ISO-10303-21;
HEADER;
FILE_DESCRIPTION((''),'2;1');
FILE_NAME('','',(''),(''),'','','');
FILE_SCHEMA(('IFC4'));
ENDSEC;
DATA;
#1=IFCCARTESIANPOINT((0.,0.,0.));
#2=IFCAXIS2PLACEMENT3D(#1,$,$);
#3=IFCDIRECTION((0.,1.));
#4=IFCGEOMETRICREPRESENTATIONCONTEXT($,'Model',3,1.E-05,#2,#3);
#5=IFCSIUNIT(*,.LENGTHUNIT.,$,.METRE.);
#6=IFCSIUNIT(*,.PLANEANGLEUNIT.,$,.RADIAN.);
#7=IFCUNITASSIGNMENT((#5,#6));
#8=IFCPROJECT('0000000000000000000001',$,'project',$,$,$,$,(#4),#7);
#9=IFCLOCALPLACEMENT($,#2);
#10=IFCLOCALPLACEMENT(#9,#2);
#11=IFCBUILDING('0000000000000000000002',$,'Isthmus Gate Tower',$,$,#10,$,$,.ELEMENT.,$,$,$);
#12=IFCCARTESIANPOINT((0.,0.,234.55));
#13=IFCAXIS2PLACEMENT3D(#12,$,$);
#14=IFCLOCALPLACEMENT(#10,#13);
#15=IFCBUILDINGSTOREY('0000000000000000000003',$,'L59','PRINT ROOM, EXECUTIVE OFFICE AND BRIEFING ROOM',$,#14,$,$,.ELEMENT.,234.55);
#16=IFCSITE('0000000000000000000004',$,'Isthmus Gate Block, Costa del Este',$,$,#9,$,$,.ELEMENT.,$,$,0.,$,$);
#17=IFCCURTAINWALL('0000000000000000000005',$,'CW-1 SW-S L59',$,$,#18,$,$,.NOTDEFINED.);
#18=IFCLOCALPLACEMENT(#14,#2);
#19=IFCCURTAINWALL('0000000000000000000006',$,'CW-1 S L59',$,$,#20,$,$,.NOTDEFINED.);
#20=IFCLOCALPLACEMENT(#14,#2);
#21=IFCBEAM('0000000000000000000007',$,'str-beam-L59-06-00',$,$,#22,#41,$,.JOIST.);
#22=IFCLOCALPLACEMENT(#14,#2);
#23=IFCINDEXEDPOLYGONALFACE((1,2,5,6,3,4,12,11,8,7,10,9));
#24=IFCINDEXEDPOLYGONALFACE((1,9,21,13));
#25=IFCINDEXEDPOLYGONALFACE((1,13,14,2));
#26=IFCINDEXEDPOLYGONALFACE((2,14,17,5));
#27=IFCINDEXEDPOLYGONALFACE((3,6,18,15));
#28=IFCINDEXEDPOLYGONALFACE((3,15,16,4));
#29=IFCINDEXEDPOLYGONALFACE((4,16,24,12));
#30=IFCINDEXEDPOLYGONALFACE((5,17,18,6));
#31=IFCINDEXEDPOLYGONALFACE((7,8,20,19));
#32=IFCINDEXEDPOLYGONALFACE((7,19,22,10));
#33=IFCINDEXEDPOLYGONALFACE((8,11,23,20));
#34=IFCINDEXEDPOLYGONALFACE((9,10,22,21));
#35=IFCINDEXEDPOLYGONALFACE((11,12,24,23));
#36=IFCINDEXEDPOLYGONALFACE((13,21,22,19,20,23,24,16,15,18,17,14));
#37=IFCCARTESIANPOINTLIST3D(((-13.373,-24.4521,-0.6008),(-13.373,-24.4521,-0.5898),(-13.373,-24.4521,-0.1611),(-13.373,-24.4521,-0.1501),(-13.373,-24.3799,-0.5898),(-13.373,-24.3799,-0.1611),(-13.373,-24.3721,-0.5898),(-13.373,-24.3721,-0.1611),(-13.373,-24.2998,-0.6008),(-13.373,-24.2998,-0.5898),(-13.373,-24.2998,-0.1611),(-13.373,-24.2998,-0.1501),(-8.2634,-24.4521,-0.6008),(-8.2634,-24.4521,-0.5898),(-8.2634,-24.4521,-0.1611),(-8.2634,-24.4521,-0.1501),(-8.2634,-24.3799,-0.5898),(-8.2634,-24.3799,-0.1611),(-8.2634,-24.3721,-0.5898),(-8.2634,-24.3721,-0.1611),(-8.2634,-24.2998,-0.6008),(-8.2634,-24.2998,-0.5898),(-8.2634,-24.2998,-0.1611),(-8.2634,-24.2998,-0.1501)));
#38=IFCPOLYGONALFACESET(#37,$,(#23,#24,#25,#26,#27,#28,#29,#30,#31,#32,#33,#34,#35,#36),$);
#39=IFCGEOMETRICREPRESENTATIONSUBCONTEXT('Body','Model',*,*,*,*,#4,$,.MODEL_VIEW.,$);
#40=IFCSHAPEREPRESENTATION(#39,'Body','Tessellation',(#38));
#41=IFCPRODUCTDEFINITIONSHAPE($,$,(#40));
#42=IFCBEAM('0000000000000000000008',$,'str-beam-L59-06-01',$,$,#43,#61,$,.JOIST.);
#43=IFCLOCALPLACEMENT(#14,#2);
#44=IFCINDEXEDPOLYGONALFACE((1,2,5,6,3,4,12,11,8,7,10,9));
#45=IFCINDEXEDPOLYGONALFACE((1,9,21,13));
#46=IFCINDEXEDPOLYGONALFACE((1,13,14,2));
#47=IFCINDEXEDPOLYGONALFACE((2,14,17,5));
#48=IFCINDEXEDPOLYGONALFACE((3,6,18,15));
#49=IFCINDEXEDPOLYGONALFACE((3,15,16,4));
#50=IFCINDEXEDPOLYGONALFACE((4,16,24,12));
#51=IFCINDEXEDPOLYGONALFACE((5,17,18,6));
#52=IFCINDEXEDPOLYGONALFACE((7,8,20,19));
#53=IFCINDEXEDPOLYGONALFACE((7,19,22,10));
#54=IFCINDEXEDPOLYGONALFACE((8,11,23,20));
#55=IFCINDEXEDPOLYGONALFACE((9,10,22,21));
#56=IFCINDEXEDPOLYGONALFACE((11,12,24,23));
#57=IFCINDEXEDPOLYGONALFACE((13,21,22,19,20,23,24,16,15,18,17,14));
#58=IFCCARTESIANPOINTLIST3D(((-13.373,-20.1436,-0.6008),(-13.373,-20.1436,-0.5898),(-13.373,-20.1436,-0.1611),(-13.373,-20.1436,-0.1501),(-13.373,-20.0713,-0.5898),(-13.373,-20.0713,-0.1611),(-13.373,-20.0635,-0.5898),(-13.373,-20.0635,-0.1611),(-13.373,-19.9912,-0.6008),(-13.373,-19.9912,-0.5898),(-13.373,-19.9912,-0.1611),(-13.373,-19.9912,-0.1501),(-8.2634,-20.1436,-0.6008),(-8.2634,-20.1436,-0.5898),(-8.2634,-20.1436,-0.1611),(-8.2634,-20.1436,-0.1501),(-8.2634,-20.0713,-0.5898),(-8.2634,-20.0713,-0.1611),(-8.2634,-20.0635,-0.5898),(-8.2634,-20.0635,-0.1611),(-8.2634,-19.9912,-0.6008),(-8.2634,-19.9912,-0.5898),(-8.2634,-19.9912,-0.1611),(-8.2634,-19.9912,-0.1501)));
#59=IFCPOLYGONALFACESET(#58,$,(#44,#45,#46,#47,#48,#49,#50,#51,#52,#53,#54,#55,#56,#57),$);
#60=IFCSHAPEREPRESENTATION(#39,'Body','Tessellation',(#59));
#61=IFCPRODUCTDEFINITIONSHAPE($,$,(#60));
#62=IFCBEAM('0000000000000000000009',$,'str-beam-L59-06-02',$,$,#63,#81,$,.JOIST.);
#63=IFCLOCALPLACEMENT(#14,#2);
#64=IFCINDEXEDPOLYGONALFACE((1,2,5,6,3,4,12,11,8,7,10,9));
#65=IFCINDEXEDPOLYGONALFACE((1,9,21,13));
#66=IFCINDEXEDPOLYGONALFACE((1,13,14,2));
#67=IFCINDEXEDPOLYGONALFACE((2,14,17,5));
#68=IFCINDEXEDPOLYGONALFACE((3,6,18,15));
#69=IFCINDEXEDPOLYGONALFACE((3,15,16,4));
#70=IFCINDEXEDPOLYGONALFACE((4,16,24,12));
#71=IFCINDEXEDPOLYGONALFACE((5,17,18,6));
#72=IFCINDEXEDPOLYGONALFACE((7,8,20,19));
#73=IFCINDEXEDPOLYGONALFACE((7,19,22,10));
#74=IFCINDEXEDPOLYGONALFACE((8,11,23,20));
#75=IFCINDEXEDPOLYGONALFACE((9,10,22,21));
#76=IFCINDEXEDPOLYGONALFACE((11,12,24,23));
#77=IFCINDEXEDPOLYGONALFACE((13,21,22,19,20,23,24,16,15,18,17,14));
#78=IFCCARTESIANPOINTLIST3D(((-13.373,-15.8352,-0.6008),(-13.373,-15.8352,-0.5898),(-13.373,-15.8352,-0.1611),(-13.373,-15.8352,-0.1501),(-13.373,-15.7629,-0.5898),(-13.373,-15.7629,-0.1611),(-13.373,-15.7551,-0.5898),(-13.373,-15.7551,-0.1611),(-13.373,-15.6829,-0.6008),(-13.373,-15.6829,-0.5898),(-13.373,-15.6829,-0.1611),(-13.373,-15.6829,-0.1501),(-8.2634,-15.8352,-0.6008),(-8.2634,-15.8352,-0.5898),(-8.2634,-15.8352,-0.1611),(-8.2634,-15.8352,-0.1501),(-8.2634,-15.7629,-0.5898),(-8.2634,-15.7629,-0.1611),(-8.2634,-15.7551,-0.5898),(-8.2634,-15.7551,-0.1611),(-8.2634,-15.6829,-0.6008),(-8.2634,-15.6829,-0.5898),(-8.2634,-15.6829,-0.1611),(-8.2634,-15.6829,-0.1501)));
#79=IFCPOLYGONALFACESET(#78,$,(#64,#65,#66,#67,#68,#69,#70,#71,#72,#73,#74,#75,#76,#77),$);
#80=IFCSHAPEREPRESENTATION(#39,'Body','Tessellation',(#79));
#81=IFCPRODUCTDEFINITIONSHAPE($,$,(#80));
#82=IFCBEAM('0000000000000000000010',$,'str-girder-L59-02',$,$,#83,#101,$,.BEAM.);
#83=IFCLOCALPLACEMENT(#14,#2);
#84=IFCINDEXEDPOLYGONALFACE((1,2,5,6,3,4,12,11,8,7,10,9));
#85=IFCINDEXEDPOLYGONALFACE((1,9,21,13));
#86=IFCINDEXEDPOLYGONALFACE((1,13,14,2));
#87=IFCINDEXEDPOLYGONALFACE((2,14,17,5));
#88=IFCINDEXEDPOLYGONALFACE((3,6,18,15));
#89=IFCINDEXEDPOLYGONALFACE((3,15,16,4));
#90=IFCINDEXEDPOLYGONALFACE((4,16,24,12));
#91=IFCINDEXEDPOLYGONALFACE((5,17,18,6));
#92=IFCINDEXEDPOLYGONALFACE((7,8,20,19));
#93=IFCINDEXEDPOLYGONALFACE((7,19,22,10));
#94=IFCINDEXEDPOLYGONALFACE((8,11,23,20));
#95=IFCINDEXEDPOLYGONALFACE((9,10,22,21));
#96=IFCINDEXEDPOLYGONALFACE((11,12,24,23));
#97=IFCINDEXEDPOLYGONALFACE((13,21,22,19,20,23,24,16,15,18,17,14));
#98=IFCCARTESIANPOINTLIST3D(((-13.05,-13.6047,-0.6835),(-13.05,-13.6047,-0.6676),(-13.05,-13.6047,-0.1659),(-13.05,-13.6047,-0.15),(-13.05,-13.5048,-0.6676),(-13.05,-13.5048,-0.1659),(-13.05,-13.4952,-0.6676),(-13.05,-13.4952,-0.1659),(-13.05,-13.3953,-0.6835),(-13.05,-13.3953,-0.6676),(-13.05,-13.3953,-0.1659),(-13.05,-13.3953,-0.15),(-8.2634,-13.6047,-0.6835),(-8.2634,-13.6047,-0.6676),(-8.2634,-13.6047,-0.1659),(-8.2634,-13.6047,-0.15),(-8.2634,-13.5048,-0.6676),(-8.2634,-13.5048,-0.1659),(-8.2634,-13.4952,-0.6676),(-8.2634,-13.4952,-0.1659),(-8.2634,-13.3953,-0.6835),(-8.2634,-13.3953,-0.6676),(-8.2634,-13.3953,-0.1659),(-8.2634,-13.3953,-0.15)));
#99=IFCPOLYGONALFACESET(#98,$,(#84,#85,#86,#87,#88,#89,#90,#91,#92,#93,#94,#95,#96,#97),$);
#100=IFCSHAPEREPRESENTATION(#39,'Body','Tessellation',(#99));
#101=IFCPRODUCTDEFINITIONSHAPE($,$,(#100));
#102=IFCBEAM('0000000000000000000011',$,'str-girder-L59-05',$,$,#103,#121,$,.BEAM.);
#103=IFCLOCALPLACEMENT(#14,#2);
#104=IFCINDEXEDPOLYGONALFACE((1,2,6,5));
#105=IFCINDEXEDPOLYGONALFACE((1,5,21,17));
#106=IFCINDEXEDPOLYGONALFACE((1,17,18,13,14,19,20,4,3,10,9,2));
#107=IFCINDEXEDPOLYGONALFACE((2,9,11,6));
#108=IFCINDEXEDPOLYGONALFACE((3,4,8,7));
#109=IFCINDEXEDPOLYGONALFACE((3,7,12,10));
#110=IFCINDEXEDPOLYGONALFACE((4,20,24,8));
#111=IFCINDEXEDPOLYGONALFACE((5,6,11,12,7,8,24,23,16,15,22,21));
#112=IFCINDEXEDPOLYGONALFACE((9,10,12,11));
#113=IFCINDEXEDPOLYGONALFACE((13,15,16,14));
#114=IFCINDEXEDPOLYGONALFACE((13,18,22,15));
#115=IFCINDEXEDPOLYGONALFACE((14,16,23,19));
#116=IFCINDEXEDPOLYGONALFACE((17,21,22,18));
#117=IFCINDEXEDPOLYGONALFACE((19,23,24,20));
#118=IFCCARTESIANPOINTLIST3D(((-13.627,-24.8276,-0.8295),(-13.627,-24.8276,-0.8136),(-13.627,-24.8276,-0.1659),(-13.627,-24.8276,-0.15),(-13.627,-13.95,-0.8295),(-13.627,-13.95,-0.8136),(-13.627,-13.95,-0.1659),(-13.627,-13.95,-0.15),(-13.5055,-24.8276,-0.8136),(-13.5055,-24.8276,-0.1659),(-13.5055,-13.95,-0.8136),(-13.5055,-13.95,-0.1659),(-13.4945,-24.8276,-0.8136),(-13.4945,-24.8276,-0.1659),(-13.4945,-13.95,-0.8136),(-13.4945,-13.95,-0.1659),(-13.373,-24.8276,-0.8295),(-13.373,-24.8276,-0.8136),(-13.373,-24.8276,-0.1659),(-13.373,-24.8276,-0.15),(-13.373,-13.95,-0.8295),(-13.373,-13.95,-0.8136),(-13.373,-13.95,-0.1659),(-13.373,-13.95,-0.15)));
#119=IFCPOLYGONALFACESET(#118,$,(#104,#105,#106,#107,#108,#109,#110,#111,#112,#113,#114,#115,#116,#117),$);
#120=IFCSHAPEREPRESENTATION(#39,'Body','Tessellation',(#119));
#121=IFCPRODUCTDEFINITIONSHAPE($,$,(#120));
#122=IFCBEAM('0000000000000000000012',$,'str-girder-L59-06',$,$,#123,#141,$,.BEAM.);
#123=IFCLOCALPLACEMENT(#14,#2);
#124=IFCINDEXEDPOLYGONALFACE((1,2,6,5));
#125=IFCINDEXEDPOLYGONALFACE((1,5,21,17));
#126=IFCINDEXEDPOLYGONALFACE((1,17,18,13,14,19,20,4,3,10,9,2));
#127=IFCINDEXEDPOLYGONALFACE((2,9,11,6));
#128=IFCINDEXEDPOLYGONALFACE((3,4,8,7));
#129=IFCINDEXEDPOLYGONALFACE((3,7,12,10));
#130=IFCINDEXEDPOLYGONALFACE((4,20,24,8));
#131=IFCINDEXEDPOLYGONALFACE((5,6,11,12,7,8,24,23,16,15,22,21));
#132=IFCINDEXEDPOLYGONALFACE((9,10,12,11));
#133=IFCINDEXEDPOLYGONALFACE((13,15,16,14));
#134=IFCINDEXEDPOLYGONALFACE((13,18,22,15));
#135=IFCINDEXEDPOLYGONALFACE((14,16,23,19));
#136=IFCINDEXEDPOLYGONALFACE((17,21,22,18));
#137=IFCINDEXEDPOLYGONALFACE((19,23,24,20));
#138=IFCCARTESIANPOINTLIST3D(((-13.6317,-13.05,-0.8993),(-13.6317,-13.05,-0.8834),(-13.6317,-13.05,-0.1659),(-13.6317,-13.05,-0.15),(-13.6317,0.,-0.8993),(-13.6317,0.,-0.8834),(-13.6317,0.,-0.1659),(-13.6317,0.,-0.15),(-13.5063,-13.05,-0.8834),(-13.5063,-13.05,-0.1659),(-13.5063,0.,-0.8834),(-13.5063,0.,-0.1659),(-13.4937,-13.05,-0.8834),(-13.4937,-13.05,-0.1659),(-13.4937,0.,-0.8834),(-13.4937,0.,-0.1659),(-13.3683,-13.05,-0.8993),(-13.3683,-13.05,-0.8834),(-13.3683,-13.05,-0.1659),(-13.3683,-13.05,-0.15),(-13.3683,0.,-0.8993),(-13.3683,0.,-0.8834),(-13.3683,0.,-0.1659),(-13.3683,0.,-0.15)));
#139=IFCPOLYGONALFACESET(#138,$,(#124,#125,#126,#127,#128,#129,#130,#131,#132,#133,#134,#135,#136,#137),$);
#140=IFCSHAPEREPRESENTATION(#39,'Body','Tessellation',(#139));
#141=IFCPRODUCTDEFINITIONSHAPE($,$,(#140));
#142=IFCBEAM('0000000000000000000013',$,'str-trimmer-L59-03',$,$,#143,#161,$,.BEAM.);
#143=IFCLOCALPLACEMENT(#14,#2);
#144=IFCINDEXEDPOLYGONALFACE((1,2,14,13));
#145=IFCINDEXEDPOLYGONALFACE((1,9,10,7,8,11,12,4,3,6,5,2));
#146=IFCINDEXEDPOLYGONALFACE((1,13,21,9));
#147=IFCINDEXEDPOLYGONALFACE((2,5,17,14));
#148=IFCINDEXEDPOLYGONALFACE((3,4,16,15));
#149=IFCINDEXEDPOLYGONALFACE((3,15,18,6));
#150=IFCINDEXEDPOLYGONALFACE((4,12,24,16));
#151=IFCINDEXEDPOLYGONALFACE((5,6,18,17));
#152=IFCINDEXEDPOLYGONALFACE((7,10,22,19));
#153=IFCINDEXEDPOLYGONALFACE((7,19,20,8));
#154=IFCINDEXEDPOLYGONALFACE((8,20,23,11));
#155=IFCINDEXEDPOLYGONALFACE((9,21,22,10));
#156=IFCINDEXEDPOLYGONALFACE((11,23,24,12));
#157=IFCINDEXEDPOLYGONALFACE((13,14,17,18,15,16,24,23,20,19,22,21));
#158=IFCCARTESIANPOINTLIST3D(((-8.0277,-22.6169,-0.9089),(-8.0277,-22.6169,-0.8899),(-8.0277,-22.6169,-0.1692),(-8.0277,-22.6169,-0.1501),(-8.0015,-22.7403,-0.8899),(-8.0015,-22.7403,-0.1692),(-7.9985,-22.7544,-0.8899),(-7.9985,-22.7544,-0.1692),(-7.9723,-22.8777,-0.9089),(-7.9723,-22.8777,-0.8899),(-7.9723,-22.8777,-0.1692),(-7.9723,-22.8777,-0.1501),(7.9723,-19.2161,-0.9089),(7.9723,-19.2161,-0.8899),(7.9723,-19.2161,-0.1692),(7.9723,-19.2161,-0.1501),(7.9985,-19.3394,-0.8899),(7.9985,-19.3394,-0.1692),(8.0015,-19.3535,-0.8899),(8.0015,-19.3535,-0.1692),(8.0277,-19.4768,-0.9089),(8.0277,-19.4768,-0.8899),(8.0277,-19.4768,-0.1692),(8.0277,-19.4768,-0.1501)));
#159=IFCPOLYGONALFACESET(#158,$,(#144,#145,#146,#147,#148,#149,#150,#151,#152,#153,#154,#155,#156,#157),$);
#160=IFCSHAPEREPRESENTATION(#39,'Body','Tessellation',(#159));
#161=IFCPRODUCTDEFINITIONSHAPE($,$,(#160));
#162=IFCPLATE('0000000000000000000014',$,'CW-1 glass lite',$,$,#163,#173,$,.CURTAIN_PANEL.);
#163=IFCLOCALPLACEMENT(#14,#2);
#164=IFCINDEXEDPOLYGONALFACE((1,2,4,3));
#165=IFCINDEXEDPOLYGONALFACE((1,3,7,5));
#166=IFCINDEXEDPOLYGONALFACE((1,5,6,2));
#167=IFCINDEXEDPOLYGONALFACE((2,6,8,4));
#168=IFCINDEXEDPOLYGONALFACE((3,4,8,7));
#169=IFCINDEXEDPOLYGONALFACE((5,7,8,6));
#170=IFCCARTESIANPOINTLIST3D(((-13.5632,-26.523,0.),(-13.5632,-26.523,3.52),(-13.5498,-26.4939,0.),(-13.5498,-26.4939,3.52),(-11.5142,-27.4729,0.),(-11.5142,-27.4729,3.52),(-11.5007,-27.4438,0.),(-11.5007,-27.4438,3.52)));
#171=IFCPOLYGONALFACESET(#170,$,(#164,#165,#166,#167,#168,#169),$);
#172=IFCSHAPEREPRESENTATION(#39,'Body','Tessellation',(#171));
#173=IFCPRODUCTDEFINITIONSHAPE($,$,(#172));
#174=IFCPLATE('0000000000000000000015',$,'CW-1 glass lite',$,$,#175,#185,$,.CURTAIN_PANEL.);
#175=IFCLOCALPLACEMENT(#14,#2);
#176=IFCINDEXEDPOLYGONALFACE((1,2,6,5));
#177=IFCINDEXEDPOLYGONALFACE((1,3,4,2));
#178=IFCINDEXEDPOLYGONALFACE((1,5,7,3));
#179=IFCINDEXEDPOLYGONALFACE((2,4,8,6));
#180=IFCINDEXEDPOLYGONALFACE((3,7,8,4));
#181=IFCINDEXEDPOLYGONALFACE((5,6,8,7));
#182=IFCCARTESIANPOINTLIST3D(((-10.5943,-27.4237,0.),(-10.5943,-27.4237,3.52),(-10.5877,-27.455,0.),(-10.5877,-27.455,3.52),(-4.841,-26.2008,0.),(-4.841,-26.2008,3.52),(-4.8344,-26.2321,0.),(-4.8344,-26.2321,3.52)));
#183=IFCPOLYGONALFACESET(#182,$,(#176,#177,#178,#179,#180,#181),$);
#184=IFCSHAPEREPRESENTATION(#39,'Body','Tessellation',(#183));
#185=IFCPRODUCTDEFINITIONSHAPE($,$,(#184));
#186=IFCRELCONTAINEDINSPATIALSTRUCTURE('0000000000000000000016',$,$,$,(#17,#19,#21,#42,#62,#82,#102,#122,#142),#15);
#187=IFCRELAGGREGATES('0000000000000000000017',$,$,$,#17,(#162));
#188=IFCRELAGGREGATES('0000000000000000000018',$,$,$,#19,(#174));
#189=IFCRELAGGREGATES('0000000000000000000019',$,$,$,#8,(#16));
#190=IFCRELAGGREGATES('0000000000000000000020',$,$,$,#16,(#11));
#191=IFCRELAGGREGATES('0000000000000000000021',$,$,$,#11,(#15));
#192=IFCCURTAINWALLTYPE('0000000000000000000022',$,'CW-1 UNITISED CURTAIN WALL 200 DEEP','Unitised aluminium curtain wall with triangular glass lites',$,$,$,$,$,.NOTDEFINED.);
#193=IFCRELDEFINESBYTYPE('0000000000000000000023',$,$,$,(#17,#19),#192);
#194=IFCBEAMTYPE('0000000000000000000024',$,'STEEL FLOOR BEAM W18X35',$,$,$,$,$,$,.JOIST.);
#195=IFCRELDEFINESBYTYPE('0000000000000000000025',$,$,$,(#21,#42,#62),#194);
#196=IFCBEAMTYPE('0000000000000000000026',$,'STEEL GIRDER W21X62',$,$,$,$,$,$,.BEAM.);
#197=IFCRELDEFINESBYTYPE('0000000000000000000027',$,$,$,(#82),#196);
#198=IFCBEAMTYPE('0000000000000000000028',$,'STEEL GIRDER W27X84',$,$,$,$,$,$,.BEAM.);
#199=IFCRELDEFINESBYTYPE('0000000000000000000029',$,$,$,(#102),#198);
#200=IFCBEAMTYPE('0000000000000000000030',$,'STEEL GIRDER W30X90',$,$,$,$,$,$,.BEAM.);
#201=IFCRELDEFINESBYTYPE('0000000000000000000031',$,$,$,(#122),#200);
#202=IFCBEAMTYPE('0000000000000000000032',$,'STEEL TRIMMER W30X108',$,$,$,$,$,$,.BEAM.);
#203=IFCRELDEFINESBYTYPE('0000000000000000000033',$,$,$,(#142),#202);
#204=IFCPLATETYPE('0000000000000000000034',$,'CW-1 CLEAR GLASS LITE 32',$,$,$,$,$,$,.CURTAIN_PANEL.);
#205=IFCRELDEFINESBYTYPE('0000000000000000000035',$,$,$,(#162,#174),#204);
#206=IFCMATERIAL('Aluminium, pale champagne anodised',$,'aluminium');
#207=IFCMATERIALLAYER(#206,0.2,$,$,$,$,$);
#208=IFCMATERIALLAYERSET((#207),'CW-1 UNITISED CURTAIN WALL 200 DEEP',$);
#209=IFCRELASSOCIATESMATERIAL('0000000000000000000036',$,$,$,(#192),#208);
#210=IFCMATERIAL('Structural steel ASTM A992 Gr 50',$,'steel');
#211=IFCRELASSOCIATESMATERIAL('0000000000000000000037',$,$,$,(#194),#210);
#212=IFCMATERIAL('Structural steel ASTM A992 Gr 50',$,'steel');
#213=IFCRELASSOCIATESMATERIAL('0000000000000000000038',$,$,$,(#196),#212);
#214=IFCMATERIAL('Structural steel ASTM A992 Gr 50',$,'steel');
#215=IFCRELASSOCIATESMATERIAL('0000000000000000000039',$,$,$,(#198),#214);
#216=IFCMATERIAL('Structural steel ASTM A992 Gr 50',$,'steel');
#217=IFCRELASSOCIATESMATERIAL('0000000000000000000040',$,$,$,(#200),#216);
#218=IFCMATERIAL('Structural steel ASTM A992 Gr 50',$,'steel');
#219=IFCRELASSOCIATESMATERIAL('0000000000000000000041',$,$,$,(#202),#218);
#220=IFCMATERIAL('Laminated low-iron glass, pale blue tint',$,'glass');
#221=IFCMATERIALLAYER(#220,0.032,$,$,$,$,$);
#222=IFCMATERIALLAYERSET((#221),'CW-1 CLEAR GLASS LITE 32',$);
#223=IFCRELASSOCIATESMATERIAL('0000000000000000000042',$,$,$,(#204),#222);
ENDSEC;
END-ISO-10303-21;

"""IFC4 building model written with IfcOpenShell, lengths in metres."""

from ifc_helpers import new_model, si_unit, direction, frame, origin, origin_2d, place, context, subcontext, project, spatial, rectangle, i_section, extrude, material, layer, layer_set, material_profile, profile_set, type_object, element, aggregate, save


model = new_model("IFC4")

# Units and contexts
model_context = context("Model", 3, precision=1e-05, world=origin(), true_north=direction((0.0, 1.0)))
body_context = subcontext(model_context, "Body", "Model", "MODEL_VIEW")
ifc_project = project(units=[si_unit("LENGTHUNIT", "METRE"), si_unit("PLANEANGLEUNIT", "RADIAN")], contexts=[model_context])

# Site, building, storey
site_placement = place(None, origin())
site = spatial("IfcSite", under=ifc_project, at=site_placement, Name="Isthmus Gate Block, Costa del Este", CompositionType="ELEMENT", RefElevation=0.0)
building_placement = place(site_placement, origin())
building = spatial("IfcBuilding", under=site, at=building_placement, Name="Isthmus Gate Tower", CompositionType="ELEMENT")
storey_placement = place(building_placement, frame((0.0, 0.0, 234.55)))
storey = spatial("IfcBuildingStorey", under=building, at=storey_placement, Name="L59", Description="PRINT ROOM, EXECUTIVE OFFICE AND BRIEFING ROOM", CompositionType="ELEMENT", Elevation=234.55)

# Curtain walls
ifc_material_1 = material(Name="Aluminium, pale champagne anodised", Category="aluminium")
ifc_layer_1 = layer(ifc_material_1, 0.2)
ifc_layer_set_1 = layer_set([ifc_layer_1], Name="CW-1 UNITISED CURTAIN WALL 200 DEEP")
curtain_wall_type = type_object("IfcCurtainWallType", Name="CW-1 UNITISED CURTAIN WALL 200 DEEP", Description="Unitised aluminium curtain wall with triangular glass lites", PredefinedType="NOTDEFINED", material=ifc_layer_set_1)
curtain_wall_1_placement = place(storey_placement, origin())
curtain_wall_1 = element("IfcCurtainWall", 1, at=curtain_wall_1_placement, inside=storey, type_object=curtain_wall_type, Name="CW-1 SW-S L59", PredefinedType="NOTDEFINED")
curtain_wall_2_placement = place(storey_placement, origin())
curtain_wall_2 = element("IfcCurtainWall", 2, at=curtain_wall_2_placement, inside=storey, type_object=curtain_wall_type, Name="CW-1 S L59", PredefinedType="NOTDEFINED")

# Beams
ifc_material_2 = material(Name="Structural steel ASTM A992 Gr 50", Category="steel")
ifc_material_profile_1 = material_profile(ifc_material_2, i_section(OverallWidth=0.1523, OverallDepth=0.4507, WebThickness=0.0078, FlangeThickness=0.011, at=origin_2d()), Name="W18X35")
ifc_profile_set_1 = profile_set([ifc_material_profile_1], Name="Structural steel ASTM A992 Gr 50")
beam_type_1 = type_object("IfcBeamType", Name="STEEL FLOOR BEAM W18X35", PredefinedType="JOIST", material=ifc_profile_set_1)
for number, where, z_axis, x_axis, name in (
    (3, (-13.373, -24.376, -0.3755), (1.0, 0.0, 0.0), (0.0, 1.0, 0.0), "str-beam-L59-06-00"),
    (4, (-13.373, -20.0674, -0.3755), (1.0, 0.0, 0.0), (0.0, 1.0, 0.0), "str-beam-L59-06-01"),
    (5, (-13.373, -15.759, -0.3755), (1.0, 0.0, 0.0), (0.0, 1.0, 0.0), "str-beam-L59-06-02"),
):
    element("IfcBeam", number, at=place(storey_placement, frame(where, z_axis=z_axis, x_axis=x_axis)), inside=storey, type_object=beam_type_1, Name=name, PredefinedType="JOIST", context=body_context, shape_type="SweptSolid", body=[
        extrude(i_section(OverallWidth=0.1523, OverallDepth=0.4507, WebThickness=0.0078, FlangeThickness=0.011, at=origin_2d()), origin(), (0.0, 0.0, 1.0), 5.1096),
    ])
ifc_material_3 = material(Name="Structural steel ASTM A992 Gr 50", Category="steel")
ifc_material_profile_2 = material_profile(ifc_material_3, i_section(OverallWidth=0.2095, OverallDepth=0.5334, WebThickness=0.0095, FlangeThickness=0.0159, at=origin_2d()), Name="W21X62")
ifc_profile_set_2 = profile_set([ifc_material_profile_2], Name="Structural steel ASTM A992 Gr 50")
beam_type_2 = type_object("IfcBeamType", Name="STEEL GIRDER W21X62", PredefinedType="BEAM", material=ifc_profile_set_2)
beam_1_placement = place(storey_placement, frame((-13.05, -13.5, -0.4167), z_axis=(1.0, 0.0, 0.0), x_axis=(0.0, 1.0, 0.0)))
element("IfcBeam", 6, at=beam_1_placement, inside=storey, type_object=beam_type_2, Name="str-girder-L59-02", PredefinedType="BEAM", context=body_context, shape_type="SweptSolid", body=[
    extrude(i_section(OverallWidth=0.2095, OverallDepth=0.5334, WebThickness=0.0095, FlangeThickness=0.0159, at=origin_2d()), origin(), (0.0, 0.0, 1.0), 4.7866),
])
ifc_material_4 = material(Name="Structural steel ASTM A992 Gr 50", Category="steel")
ifc_material_profile_3 = material_profile(ifc_material_4, i_section(OverallWidth=0.2539, OverallDepth=0.6794, WebThickness=0.011, FlangeThickness=0.0159, at=origin_2d()), Name="W27X84")
ifc_profile_set_3 = profile_set([ifc_material_profile_3], Name="Structural steel ASTM A992 Gr 50")
beam_type_3 = type_object("IfcBeamType", Name="STEEL GIRDER W27X84", PredefinedType="BEAM", material=ifc_profile_set_3)
beam_2_placement = place(storey_placement, frame((-13.5, -24.8276, -0.4897), z_axis=(0.0, 1.0, 0.0), x_axis=(-1.0, 0.0, 0.0)))
element("IfcBeam", 7, at=beam_2_placement, inside=storey, type_object=beam_type_3, Name="str-girder-L59-05", PredefinedType="BEAM", context=body_context, shape_type="SweptSolid", body=[
    extrude(i_section(OverallWidth=0.2539, OverallDepth=0.6794, WebThickness=0.011, FlangeThickness=0.0159, at=origin_2d()), origin(), (0.0, 0.0, 1.0), 10.8777),
])
ifc_material_5 = material(Name="Structural steel ASTM A992 Gr 50", Category="steel")
ifc_material_profile_4 = material_profile(ifc_material_5, i_section(OverallWidth=0.2634, OverallDepth=0.7493, WebThickness=0.0127, FlangeThickness=0.0159, at=origin_2d()), Name="W30X90")
ifc_profile_set_4 = profile_set([ifc_material_profile_4], Name="Structural steel ASTM A992 Gr 50")
beam_type_4 = type_object("IfcBeamType", Name="STEEL GIRDER W30X90", PredefinedType="BEAM", material=ifc_profile_set_4)
beam_3_placement = place(storey_placement, frame((-13.5, -13.05, -0.5247), z_axis=(0.0, 1.0, 0.0), x_axis=(-1.0, 0.0, 0.0)))
element("IfcBeam", 8, at=beam_3_placement, inside=storey, type_object=beam_type_4, Name="str-girder-L59-06", PredefinedType="BEAM", context=body_context, shape_type="SweptSolid", body=[
    extrude(i_section(OverallWidth=0.2634, OverallDepth=0.7493, WebThickness=0.0127, FlangeThickness=0.0159, at=origin_2d()), origin(), (0.0, 0.0, 1.0), 13.05),
])
ifc_material_6 = material(Name="Structural steel ASTM A992 Gr 50", Category="steel")
ifc_material_profile_5 = material_profile(ifc_material_6, i_section(OverallWidth=0.2666, OverallDepth=0.7588, WebThickness=0.0144, FlangeThickness=0.019, at=origin_2d()), Name="W30X108")
ifc_profile_set_5 = profile_set([ifc_material_profile_5], Name="Structural steel ASTM A992 Gr 50")
beam_type_5 = type_object("IfcBeamType", Name="STEEL TRIMMER W30X108", PredefinedType="BEAM", material=ifc_profile_set_5)
beam_4_placement = place(storey_placement, frame((-8.0, -22.7473, -0.5295), z_axis=(0.978148, 0.20791, 0.0), x_axis=(-0.20791, 0.978148, 0.0)))
element("IfcBeam", 9, at=beam_4_placement, inside=storey, type_object=beam_type_5, Name="str-trimmer-L59-03", PredefinedType="BEAM", context=body_context, shape_type="SweptSolid", body=[
    extrude(i_section(OverallWidth=0.2666, OverallDepth=0.7588, WebThickness=0.0144, FlangeThickness=0.019, at=origin_2d()), origin(), (0.0, 0.0, 1.0), 16.3574),
])

# Plates
ifc_material_7 = material(Name="Laminated low-iron glass, pale blue tint", Category="glass")
ifc_layer_2 = layer(ifc_material_7, 0.032)
ifc_layer_set_2 = layer_set([ifc_layer_2], Name="CW-1 CLEAR GLASS LITE 32")
plate_type = type_object("IfcPlateType", Name="CW-1 CLEAR GLASS LITE 32", PredefinedType="CURTAIN_PANEL", material=ifc_layer_set_2)
plate_1_placement = place(storey_placement, frame((-12.532, -26.9834, 0.0), z_axis=(0.0, 0.0, 1.0), x_axis=(0.907256, -0.420578, 0.0)))
plate_1 = element("IfcPlate", 10, at=plate_1_placement, type_object=plate_type, Name="CW-1 glass lite", PredefinedType="CURTAIN_PANEL", context=body_context, shape_type="SweptSolid", body=[
    extrude(rectangle(XDim=2.2585, YDim=0.032, at=origin_2d()), origin(), (0.0, 0.0, 1.0), 3.52),
])
aggregate(curtain_wall_1, [plate_1])
plate_2_placement = place(storey_placement, frame((-7.7144, -26.8279, 0.0), z_axis=(0.0, 0.0, 1.0), x_axis=(0.978148, 0.207912, 0.0)))
plate_2 = element("IfcPlate", 11, at=plate_2_placement, type_object=plate_type, Name="CW-1 glass lite", PredefinedType="CURTAIN_PANEL", context=body_context, shape_type="SweptSolid", body=[
    extrude(rectangle(XDim=5.8818, YDim=0.032, at=origin_2d()), origin(), (0.0, 0.0, 1.0), 3.52),
])

aggregate(curtain_wall_2, [plate_2])

save(model, "model.ifc")
